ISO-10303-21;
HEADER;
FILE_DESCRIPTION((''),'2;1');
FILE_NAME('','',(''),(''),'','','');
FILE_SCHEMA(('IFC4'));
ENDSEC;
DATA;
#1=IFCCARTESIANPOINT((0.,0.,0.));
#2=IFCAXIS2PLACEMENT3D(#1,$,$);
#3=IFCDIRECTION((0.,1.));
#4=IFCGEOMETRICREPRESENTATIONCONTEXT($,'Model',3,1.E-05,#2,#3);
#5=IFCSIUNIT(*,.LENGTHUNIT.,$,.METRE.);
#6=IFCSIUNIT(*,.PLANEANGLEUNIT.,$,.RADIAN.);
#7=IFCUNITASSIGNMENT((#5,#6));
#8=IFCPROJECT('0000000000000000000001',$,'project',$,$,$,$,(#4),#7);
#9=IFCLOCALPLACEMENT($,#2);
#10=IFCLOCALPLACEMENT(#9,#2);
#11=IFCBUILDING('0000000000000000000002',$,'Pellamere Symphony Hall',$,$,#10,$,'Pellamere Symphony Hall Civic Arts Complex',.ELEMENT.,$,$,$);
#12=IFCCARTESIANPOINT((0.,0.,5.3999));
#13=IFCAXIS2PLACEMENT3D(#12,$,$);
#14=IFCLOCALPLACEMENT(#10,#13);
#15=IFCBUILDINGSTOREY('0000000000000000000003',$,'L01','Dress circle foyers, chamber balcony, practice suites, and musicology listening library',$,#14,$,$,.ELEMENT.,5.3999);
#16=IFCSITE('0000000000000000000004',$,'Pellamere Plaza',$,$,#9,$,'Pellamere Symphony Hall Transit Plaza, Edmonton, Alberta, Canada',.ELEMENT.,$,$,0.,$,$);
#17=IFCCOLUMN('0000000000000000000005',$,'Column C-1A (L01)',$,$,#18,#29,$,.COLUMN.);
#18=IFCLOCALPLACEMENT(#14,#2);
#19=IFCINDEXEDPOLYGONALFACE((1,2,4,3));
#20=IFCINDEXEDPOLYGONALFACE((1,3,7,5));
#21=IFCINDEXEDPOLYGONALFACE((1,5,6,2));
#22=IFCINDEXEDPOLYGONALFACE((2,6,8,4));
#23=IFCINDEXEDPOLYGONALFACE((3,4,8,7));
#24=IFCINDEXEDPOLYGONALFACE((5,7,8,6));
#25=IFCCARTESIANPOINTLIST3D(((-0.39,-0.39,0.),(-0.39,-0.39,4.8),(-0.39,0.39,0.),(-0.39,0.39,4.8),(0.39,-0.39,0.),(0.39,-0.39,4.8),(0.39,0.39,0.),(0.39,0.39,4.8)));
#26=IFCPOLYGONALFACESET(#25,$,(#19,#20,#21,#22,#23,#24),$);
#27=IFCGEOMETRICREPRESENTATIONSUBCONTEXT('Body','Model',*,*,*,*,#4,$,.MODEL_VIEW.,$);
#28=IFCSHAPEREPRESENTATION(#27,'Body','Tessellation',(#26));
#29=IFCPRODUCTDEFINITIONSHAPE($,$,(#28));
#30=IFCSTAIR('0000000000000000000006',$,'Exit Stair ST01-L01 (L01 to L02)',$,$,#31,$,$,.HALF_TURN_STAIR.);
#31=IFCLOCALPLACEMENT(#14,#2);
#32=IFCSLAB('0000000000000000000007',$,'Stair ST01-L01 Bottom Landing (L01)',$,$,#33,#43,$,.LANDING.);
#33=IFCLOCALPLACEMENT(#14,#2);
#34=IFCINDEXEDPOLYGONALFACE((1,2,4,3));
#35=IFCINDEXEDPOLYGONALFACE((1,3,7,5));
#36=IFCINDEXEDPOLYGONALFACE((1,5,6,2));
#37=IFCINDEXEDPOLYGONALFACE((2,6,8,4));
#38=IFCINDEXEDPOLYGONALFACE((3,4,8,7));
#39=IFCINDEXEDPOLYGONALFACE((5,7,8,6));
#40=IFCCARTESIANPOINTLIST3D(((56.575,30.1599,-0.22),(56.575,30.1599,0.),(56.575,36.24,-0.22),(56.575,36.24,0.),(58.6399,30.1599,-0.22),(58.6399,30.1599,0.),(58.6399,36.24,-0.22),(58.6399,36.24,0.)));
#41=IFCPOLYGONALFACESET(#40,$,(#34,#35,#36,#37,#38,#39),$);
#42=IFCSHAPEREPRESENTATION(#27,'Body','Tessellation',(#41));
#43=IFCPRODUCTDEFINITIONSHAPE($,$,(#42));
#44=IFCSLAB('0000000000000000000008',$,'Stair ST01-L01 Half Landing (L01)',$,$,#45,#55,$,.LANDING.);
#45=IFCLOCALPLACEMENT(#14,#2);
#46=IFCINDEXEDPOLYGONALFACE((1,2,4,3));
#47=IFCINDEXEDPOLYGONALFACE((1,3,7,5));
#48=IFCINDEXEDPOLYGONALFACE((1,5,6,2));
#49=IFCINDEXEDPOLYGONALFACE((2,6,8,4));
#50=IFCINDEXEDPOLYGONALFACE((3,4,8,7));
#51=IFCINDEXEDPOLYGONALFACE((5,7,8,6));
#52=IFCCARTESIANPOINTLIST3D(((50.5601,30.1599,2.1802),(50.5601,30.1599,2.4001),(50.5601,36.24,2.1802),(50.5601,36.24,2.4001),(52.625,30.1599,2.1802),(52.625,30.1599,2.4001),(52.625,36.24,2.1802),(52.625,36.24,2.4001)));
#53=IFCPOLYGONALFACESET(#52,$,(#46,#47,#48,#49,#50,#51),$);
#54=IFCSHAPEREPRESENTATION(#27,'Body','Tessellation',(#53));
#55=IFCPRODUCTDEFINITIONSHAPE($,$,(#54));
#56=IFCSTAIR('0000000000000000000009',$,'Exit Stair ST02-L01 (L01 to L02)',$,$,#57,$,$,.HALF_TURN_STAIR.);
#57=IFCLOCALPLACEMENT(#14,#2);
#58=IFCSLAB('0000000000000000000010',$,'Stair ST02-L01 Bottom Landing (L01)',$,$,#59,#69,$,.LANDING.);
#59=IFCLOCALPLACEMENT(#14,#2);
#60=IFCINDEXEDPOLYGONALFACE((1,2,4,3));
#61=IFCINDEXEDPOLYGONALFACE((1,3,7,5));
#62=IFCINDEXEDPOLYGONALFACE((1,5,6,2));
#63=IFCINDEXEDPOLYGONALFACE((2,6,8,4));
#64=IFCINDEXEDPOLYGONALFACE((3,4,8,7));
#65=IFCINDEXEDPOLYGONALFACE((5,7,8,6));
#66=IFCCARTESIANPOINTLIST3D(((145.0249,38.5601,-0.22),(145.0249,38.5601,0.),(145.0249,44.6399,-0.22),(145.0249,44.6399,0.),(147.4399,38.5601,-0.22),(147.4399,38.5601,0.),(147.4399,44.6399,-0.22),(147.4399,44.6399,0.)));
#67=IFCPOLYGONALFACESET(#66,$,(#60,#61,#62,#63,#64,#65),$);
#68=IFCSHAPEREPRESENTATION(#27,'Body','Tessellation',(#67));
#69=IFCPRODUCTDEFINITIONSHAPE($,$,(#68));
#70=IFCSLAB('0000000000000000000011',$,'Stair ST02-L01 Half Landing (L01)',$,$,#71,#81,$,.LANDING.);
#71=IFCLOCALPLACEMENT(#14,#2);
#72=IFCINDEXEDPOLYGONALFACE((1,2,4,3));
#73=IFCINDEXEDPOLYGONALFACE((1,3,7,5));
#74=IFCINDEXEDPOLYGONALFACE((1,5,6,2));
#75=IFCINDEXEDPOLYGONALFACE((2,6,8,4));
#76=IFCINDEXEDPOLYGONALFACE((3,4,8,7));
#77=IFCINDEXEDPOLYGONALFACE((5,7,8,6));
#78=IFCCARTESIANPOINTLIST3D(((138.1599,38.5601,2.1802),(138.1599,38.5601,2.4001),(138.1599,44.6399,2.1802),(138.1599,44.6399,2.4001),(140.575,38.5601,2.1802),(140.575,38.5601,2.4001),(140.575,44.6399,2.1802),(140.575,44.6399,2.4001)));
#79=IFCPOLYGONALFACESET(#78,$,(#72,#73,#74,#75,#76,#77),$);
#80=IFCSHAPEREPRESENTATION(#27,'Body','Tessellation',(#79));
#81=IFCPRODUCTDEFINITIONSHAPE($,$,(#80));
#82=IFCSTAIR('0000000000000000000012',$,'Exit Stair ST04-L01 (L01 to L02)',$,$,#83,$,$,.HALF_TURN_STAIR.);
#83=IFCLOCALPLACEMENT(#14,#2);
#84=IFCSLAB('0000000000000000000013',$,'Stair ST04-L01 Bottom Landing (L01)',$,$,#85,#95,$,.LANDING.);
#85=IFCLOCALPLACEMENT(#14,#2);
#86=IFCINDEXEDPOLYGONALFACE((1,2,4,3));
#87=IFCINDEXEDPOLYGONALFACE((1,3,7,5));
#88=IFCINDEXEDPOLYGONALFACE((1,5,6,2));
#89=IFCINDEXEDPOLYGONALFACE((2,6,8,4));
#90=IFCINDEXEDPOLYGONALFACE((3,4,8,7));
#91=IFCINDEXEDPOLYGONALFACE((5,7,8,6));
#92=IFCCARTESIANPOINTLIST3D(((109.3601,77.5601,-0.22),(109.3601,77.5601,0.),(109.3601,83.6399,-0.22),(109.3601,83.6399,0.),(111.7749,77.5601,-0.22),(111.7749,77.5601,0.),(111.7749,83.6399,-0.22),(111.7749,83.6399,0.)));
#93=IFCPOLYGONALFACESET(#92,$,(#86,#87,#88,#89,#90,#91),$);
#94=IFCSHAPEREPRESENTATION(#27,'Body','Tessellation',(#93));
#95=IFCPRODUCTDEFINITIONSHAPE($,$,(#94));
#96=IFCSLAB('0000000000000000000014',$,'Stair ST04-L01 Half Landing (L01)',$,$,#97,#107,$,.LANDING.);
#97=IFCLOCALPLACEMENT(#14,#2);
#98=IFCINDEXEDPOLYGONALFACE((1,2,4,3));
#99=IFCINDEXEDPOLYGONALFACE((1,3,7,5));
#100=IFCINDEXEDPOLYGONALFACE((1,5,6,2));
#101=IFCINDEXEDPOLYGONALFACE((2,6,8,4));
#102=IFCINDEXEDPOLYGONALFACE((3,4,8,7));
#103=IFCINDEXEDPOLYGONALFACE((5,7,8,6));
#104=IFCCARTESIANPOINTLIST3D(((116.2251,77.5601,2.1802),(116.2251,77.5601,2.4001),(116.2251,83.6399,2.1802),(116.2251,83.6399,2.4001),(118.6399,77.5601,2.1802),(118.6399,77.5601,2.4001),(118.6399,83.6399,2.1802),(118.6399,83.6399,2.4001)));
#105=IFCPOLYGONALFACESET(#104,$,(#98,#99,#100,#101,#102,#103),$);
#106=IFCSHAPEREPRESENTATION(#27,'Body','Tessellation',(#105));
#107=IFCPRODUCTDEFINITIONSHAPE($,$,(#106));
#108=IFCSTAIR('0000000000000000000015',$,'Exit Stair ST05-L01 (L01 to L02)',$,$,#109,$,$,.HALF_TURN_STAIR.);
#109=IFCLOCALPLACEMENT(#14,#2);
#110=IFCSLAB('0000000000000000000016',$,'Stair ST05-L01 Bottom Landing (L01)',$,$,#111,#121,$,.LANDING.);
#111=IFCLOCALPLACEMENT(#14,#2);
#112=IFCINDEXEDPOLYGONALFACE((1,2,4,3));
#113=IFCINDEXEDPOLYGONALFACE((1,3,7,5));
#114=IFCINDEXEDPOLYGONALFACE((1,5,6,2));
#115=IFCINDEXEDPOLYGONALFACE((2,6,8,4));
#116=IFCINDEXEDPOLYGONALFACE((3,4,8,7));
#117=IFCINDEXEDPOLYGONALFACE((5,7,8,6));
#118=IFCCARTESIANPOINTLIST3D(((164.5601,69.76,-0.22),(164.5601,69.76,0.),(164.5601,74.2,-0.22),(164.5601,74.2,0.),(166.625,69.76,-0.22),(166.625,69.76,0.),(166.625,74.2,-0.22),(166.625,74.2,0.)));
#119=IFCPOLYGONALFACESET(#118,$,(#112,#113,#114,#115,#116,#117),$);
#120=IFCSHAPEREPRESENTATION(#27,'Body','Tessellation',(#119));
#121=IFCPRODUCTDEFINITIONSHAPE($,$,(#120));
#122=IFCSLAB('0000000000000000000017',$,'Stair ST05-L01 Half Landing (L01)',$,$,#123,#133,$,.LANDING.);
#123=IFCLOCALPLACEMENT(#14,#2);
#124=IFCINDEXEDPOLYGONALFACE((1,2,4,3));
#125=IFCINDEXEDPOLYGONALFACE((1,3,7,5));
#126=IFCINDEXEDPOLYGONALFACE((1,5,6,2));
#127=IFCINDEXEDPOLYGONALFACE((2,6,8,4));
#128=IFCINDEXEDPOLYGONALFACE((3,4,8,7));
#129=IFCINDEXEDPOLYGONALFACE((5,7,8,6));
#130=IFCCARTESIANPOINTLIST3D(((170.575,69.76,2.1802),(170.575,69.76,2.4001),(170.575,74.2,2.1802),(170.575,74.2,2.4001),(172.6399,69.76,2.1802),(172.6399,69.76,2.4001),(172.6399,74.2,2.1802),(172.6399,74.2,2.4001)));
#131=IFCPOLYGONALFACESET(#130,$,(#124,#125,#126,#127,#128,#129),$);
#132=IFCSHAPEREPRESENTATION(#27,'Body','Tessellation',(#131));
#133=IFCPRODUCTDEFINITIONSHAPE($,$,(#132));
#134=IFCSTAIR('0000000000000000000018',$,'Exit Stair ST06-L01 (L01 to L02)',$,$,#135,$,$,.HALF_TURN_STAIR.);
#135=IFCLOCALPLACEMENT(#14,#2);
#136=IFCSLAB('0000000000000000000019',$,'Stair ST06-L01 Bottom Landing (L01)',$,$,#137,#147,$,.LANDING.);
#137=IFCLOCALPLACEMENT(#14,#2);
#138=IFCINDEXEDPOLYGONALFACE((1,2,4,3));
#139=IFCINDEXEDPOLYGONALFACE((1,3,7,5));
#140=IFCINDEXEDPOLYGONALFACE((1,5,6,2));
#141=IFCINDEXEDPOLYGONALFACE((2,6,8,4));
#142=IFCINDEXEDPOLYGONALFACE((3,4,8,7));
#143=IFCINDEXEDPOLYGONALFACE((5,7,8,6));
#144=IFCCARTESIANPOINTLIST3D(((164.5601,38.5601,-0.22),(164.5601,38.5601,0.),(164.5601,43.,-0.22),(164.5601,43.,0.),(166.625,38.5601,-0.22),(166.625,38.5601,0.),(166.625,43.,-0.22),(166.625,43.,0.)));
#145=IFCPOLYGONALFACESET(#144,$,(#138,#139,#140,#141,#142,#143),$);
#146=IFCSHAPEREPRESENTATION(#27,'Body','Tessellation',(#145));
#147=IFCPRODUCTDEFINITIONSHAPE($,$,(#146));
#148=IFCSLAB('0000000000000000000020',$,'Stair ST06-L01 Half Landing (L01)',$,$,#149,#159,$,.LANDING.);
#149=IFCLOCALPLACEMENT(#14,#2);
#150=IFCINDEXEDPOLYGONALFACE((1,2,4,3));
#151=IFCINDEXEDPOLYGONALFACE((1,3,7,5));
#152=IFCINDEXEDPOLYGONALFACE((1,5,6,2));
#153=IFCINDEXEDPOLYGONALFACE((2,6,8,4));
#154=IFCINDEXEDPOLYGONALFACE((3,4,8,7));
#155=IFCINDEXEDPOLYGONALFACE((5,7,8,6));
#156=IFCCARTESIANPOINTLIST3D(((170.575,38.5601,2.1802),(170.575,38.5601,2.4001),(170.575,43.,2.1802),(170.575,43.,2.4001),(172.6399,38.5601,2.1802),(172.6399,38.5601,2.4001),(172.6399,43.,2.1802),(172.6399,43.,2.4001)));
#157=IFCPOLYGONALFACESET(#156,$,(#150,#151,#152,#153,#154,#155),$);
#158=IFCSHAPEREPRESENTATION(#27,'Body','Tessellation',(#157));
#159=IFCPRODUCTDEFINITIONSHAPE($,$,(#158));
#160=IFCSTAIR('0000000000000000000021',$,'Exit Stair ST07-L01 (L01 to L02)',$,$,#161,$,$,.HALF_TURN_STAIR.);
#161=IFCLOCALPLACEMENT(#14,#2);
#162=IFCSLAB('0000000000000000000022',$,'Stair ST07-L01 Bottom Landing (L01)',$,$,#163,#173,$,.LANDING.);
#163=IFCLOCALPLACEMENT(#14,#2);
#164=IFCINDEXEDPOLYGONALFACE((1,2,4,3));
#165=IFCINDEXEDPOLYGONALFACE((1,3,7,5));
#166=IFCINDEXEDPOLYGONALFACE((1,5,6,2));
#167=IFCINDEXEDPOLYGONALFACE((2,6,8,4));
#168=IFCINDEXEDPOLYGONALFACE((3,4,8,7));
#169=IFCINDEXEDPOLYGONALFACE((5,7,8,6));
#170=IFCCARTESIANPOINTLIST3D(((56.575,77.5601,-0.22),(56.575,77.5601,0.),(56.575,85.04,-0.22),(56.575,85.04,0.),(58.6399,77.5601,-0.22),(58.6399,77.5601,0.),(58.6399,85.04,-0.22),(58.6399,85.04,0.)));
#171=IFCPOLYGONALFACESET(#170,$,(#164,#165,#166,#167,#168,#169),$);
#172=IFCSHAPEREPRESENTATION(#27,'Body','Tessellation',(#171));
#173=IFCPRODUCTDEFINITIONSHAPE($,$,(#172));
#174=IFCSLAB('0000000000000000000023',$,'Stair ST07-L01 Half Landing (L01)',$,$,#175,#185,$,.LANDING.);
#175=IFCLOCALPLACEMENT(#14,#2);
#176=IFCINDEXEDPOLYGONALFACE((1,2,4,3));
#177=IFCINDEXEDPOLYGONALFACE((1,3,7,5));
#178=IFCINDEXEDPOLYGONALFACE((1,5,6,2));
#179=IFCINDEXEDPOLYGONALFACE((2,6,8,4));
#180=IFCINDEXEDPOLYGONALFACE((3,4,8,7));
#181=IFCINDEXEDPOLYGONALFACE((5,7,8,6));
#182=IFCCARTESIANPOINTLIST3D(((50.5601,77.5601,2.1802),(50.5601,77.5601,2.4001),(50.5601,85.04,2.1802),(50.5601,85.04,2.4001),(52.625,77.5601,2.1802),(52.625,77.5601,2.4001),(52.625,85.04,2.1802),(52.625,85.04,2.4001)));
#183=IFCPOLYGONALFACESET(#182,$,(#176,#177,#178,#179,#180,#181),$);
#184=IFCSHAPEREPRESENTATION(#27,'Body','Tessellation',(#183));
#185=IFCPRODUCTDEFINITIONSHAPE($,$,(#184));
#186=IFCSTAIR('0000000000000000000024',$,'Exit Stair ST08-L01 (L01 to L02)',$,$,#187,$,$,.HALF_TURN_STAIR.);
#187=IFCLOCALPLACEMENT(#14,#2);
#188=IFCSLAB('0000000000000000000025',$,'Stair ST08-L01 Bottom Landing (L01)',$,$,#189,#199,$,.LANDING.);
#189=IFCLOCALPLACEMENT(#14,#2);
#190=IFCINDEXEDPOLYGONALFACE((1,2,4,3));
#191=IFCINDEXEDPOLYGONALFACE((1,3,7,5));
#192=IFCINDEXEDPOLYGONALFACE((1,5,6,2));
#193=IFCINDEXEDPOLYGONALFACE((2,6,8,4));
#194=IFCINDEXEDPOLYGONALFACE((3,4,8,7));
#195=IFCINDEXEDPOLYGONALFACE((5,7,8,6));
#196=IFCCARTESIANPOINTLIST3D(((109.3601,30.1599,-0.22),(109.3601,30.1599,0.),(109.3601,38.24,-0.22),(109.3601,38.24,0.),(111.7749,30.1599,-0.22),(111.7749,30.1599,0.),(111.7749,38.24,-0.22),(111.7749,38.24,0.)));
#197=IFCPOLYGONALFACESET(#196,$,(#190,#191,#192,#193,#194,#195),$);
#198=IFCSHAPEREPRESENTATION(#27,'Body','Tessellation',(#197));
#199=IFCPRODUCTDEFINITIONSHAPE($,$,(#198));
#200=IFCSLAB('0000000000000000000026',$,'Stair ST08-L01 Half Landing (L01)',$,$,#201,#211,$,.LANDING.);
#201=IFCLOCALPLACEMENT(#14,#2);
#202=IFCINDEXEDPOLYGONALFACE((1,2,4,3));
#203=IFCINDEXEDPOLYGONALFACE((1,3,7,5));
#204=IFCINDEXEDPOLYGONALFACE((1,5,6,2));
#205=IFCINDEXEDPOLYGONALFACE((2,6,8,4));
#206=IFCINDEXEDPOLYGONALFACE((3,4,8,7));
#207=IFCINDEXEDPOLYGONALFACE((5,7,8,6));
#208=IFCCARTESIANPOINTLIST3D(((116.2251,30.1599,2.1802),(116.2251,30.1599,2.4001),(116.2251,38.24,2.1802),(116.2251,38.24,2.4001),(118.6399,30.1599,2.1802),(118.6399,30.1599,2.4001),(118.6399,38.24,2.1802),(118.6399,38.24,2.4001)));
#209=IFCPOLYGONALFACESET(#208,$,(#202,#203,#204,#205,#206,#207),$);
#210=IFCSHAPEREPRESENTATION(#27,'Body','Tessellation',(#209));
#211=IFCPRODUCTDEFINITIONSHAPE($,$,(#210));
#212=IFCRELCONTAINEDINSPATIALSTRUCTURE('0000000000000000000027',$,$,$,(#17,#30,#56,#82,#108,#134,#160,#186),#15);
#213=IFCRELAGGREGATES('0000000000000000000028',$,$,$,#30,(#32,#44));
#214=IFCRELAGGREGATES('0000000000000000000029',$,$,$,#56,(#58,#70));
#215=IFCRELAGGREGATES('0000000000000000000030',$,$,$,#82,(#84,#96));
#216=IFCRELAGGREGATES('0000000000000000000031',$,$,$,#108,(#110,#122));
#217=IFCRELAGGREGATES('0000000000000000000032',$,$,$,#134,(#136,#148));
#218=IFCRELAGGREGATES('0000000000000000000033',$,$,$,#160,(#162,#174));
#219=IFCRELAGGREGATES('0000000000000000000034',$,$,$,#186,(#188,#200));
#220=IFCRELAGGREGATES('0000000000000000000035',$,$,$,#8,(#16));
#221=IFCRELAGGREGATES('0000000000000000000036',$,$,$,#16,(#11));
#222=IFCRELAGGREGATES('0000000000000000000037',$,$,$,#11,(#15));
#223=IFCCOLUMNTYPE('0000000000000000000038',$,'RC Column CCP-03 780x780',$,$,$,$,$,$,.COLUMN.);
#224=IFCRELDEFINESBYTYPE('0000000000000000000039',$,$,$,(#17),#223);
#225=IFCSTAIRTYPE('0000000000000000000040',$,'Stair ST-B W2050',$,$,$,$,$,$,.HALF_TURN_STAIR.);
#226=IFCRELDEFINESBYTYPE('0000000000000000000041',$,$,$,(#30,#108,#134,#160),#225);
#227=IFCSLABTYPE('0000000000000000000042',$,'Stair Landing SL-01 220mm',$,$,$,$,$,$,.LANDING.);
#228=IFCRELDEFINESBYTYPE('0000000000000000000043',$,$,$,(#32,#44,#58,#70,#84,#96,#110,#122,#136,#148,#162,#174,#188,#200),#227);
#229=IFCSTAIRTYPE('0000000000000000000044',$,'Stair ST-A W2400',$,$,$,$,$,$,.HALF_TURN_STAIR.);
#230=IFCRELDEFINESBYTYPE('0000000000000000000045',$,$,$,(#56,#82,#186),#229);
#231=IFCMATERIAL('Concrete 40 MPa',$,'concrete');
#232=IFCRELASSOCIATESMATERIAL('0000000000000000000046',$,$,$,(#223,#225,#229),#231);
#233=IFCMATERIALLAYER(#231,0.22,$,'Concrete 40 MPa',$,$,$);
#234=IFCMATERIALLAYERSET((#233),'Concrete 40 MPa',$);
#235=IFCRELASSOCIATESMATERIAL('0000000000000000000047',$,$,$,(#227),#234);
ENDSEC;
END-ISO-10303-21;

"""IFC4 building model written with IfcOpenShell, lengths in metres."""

from ifc_helpers import new_model, si_unit, direction, frame, origin, origin_with_axes, origin_2d, place, context, subcontext, project, spatial, polyline, rectangle, outline, extrude, material, layer, layer_set, material_profile, profile_set, type_object, element, aggregate, save


model = new_model("IFC4")

# Units and contexts
model_context = context("Model", 3, precision=1e-05, world=origin(), true_north=direction((0.0, 1.0)))
body_context = subcontext(model_context, "Body", "Model", "MODEL_VIEW")
ifc_project = project(units=[si_unit("LENGTHUNIT", "METRE"), si_unit("PLANEANGLEUNIT", "RADIAN")], contexts=[model_context])

# Site, building, storey
site_placement = place(None, origin())
site = spatial("IfcSite", under=ifc_project, at=site_placement, Name="Pellamere Plaza", LongName="Pellamere Symphony Hall Transit Plaza, Edmonton, Alberta, Canada", CompositionType="ELEMENT", RefElevation=0.0)
building_placement = place(site_placement, origin())
building = spatial("IfcBuilding", under=site, at=building_placement, Name="Pellamere Symphony Hall", LongName="Pellamere Symphony Hall Civic Arts Complex", CompositionType="ELEMENT")
storey_placement = place(building_placement, frame((0.0, 0.0, 5.3999)))
storey = spatial("IfcBuildingStorey", under=building, at=storey_placement, Name="L01", Description="Dress circle foyers, chamber balcony, practice suites, and musicology listening library", CompositionType="ELEMENT", Elevation=5.3999)

# Column
ifc_material_1 = material(Name="Concrete 40 MPa", Category="concrete")
ifc_material_profile = material_profile(ifc_material_1, rectangle(XDim=0.78, YDim=0.78, at=origin_2d()), Name="RC 780x780")
ifc_profile_set = profile_set([ifc_material_profile], Name="Concrete 40 MPa")
column_type = type_object("IfcColumnType", Name="RC Column CCP-03 780x780", PredefinedType="COLUMN", material=ifc_profile_set)
column_placement = place(storey_placement, origin_with_axes())
element("IfcColumn", 1, at=column_placement, inside=storey, type_object=column_type, Name="Column C-1A (L01)", PredefinedType="COLUMN", context=body_context, shape_type="SweptSolid", body=[
    extrude(rectangle(XDim=0.78, YDim=0.78, at=origin_2d()), origin(), (0.0, 0.0, 1.0), 4.8),
])

# Stairs, slabs
stair_type_1 = type_object("IfcStairType", Name="Stair ST-B W2050", PredefinedType="HALF_TURN_STAIR", material=ifc_material_1)
stair_1_placement = place(storey_placement, origin())
stair_1 = element("IfcStair", 2, at=stair_1_placement, inside=storey, type_object=stair_type_1, Name="Exit Stair ST01-L01 (L01 to L02)", PredefinedType="HALF_TURN_STAIR")
ifc_layer_1 = layer(ifc_material_1, 0.22, Name="Concrete 40 MPa")
ifc_layer_set_1 = layer_set([ifc_layer_1], Name="Concrete 40 MPa")
slab_type_1 = type_object("IfcSlabType", Name="Stair Landing SL-01 220mm", PredefinedType="LANDING", material=ifc_layer_set_1)
slab_1_placement = place(storey_placement, frame((0.0, 0.0, -0.22)))
slab_1 = element("IfcSlab", 3, at=slab_1_placement, type_object=slab_type_1, Name="Stair ST01-L01 Bottom Landing (L01)", PredefinedType="LANDING", context=body_context, shape_type="SweptSolid", body=[
    extrude(outline(polyline([(56.575, 30.1599), (58.6399, 30.1599), (58.6399, 36.24), (56.575, 36.24), (56.575, 30.1599)])), origin(), (0.0, 0.0, 1.0), 0.22),
])
slab_2_placement = place(storey_placement, frame((0.0, 0.0, 2.1802)))
slab_2 = element("IfcSlab", 4, at=slab_2_placement, type_object=slab_type_1, Name="Stair ST01-L01 Half Landing (L01)", PredefinedType="LANDING", context=body_context, shape_type="SweptSolid", body=[
    extrude(outline(polyline([(50.5601, 30.1599), (52.625, 30.1599), (52.625, 36.24), (50.5601, 36.24), (50.5601, 30.1599)])), origin(), (0.0, 0.0, 1.0), 0.22),
])
aggregate(stair_1, [slab_1, slab_2])
stair_type_2 = type_object("IfcStairType", Name="Stair ST-A W2400", PredefinedType="HALF_TURN_STAIR", material=ifc_material_1)
stair_2_placement = place(storey_placement, origin())
stair_2 = element("IfcStair", 5, at=stair_2_placement, inside=storey, type_object=stair_type_2, Name="Exit Stair ST02-L01 (L01 to L02)", PredefinedType="HALF_TURN_STAIR")
slab_3_placement = place(storey_placement, frame((0.0, 0.0, -0.22)))
slab_3 = element("IfcSlab", 6, at=slab_3_placement, type_object=slab_type_1, Name="Stair ST02-L01 Bottom Landing (L01)", PredefinedType="LANDING", context=body_context, shape_type="SweptSolid", body=[
    extrude(outline(polyline([(145.0249, 38.5601), (147.4399, 38.5601), (147.4399, 44.6399), (145.0249, 44.6399), (145.0249, 38.5601)])), origin(), (0.0, 0.0, 1.0), 0.22),
])
slab_4_placement = place(storey_placement, frame((0.0, 0.0, 2.1802)))
slab_4 = element("IfcSlab", 7, at=slab_4_placement, type_object=slab_type_1, Name="Stair ST02-L01 Half Landing (L01)", PredefinedType="LANDING", context=body_context, shape_type="SweptSolid", body=[
    extrude(outline(polyline([(138.1599, 38.5601), (140.575, 38.5601), (140.575, 44.6399), (138.1599, 44.6399), (138.1599, 38.5601)])), origin(), (0.0, 0.0, 1.0), 0.22),
])
aggregate(stair_2, [slab_3, slab_4])
stair_3_placement = place(storey_placement, origin())
stair_3 = element("IfcStair", 8, at=stair_3_placement, inside=storey, type_object=stair_type_2, Name="Exit Stair ST04-L01 (L01 to L02)", PredefinedType="HALF_TURN_STAIR")
slab_5_placement = place(storey_placement, frame((0.0, 0.0, -0.22)))
slab_5 = element("IfcSlab", 9, at=slab_5_placement, type_object=slab_type_1, Name="Stair ST04-L01 Bottom Landing (L01)", PredefinedType="LANDING", context=body_context, shape_type="SweptSolid", body=[
    extrude(outline(polyline([(109.3601, 77.5601), (111.7749, 77.5601), (111.7749, 83.6399), (109.3601, 83.6399), (109.3601, 77.5601)])), origin(), (0.0, 0.0, 1.0), 0.22),
])
slab_6_placement = place(storey_placement, frame((0.0, 0.0, 2.1802)))
slab_6 = element("IfcSlab", 10, at=slab_6_placement, type_object=slab_type_1, Name="Stair ST04-L01 Half Landing (L01)", PredefinedType="LANDING", context=body_context, shape_type="SweptSolid", body=[
    extrude(outline(polyline([(116.2251, 77.5601), (118.6399, 77.5601), (118.6399, 83.6399), (116.2251, 83.6399), (116.2251, 77.5601)])), origin(), (0.0, 0.0, 1.0), 0.22),
])
aggregate(stair_3, [slab_5, slab_6])
stair_4_placement = place(storey_placement, origin())
stair_4 = element("IfcStair", 11, at=stair_4_placement, inside=storey, type_object=stair_type_1, Name="Exit Stair ST05-L01 (L01 to L02)", PredefinedType="HALF_TURN_STAIR")
slab_7_placement = place(storey_placement, frame((0.0, 0.0, -0.22)))
slab_7 = element("IfcSlab", 12, at=slab_7_placement, type_object=slab_type_1, Name="Stair ST05-L01 Bottom Landing (L01)", PredefinedType="LANDING", context=body_context, shape_type="SweptSolid", body=[
    extrude(outline(polyline([(164.5601, 69.76), (166.625, 69.76), (166.625, 74.2), (164.5601, 74.2), (164.5601, 69.76)])), origin(), (0.0, 0.0, 1.0), 0.22),
])
slab_8_placement = place(storey_placement, frame((0.0, 0.0, 2.1802)))
slab_8 = element("IfcSlab", 13, at=slab_8_placement, type_object=slab_type_1, Name="Stair ST05-L01 Half Landing (L01)", PredefinedType="LANDING", context=body_context, shape_type="SweptSolid", body=[
    extrude(outline(polyline([(170.575, 69.76), (172.6399, 69.76), (172.6399, 74.2), (170.575, 74.2), (170.575, 69.76)])), origin(), (0.0, 0.0, 1.0), 0.22),
])
aggregate(stair_4, [slab_7, slab_8])
stair_5_placement = place(storey_placement, origin())
stair_5 = element("IfcStair", 14, at=stair_5_placement, inside=storey, type_object=stair_type_1, Name="Exit Stair ST06-L01 (L01 to L02)", PredefinedType="HALF_TURN_STAIR")
slab_9_placement = place(storey_placement, frame((0.0, 0.0, -0.22)))
slab_9 = element("IfcSlab", 15, at=slab_9_placement, type_object=slab_type_1, Name="Stair ST06-L01 Bottom Landing (L01)", PredefinedType="LANDING", context=body_context, shape_type="SweptSolid", body=[
    extrude(outline(polyline([(164.5601, 38.5601), (166.625, 38.5601), (166.625, 43.0), (164.5601, 43.0), (164.5601, 38.5601)])), origin(), (0.0, 0.0, 1.0), 0.22),
])
slab_10_placement = place(storey_placement, frame((0.0, 0.0, 2.1802)))
slab_10 = element("IfcSlab", 16, at=slab_10_placement, type_object=slab_type_1, Name="Stair ST06-L01 Half Landing (L01)", PredefinedType="LANDING", context=body_context, shape_type="SweptSolid", body=[
    extrude(outline(polyline([(170.575, 38.5601), (172.6399, 38.5601), (172.6399, 43.0), (170.575, 43.0), (170.575, 38.5601)])), origin(), (0.0, 0.0, 1.0), 0.22),
])
aggregate(stair_5, [slab_9, slab_10])
stair_6_placement = place(storey_placement, origin())
stair_6 = element("IfcStair", 17, at=stair_6_placement, inside=storey, type_object=stair_type_1, Name="Exit Stair ST07-L01 (L01 to L02)", PredefinedType="HALF_TURN_STAIR")
slab_11_placement = place(storey_placement, frame((0.0, 0.0, -0.22)))
slab_11 = element("IfcSlab", 18, at=slab_11_placement, type_object=slab_type_1, Name="Stair ST07-L01 Bottom Landing (L01)", PredefinedType="LANDING", context=body_context, shape_type="SweptSolid", body=[
    extrude(outline(polyline([(56.575, 77.5601), (58.6399, 77.5601), (58.6399, 85.04), (56.575, 85.04), (56.575, 77.5601)])), origin(), (0.0, 0.0, 1.0), 0.22),
])
slab_12_placement = place(storey_placement, frame((0.0, 0.0, 2.1802)))
slab_12 = element("IfcSlab", 19, at=slab_12_placement, type_object=slab_type_1, Name="Stair ST07-L01 Half Landing (L01)", PredefinedType="LANDING", context=body_context, shape_type="SweptSolid", body=[
    extrude(outline(polyline([(50.5601, 77.5601), (52.625, 77.5601), (52.625, 85.04), (50.5601, 85.04), (50.5601, 77.5601)])), origin(), (0.0, 0.0, 1.0), 0.22),
])
aggregate(stair_6, [slab_11, slab_12])
stair_7_placement = place(storey_placement, origin())
stair_7 = element("IfcStair", 20, at=stair_7_placement, inside=storey, type_object=stair_type_2, Name="Exit Stair ST08-L01 (L01 to L02)", PredefinedType="HALF_TURN_STAIR")
slab_13_placement = place(storey_placement, frame((0.0, 0.0, -0.22)))
slab_13 = element("IfcSlab", 21, at=slab_13_placement, type_object=slab_type_1, Name="Stair ST08-L01 Bottom Landing (L01)", PredefinedType="LANDING", context=body_context, shape_type="SweptSolid", body=[
    extrude(outline(polyline([(109.3601, 30.1599), (111.7749, 30.1599), (111.7749, 38.24), (109.3601, 38.24), (109.3601, 30.1599)])), origin(), (0.0, 0.0, 1.0), 0.22),
])
slab_14_placement = place(storey_placement, frame((0.0, 0.0, 2.1802)))
slab_14 = element("IfcSlab", 22, at=slab_14_placement, type_object=slab_type_1, Name="Stair ST08-L01 Half Landing (L01)", PredefinedType="LANDING", context=body_context, shape_type="SweptSolid", body=[
    extrude(outline(polyline([(116.2251, 30.1599), (118.6399, 30.1599), (118.6399, 38.24), (116.2251, 38.24), (116.2251, 30.1599)])), origin(), (0.0, 0.0, 1.0), 0.22),
])
aggregate(stair_7, [slab_13, slab_14])

save(model, "model.ifc")
